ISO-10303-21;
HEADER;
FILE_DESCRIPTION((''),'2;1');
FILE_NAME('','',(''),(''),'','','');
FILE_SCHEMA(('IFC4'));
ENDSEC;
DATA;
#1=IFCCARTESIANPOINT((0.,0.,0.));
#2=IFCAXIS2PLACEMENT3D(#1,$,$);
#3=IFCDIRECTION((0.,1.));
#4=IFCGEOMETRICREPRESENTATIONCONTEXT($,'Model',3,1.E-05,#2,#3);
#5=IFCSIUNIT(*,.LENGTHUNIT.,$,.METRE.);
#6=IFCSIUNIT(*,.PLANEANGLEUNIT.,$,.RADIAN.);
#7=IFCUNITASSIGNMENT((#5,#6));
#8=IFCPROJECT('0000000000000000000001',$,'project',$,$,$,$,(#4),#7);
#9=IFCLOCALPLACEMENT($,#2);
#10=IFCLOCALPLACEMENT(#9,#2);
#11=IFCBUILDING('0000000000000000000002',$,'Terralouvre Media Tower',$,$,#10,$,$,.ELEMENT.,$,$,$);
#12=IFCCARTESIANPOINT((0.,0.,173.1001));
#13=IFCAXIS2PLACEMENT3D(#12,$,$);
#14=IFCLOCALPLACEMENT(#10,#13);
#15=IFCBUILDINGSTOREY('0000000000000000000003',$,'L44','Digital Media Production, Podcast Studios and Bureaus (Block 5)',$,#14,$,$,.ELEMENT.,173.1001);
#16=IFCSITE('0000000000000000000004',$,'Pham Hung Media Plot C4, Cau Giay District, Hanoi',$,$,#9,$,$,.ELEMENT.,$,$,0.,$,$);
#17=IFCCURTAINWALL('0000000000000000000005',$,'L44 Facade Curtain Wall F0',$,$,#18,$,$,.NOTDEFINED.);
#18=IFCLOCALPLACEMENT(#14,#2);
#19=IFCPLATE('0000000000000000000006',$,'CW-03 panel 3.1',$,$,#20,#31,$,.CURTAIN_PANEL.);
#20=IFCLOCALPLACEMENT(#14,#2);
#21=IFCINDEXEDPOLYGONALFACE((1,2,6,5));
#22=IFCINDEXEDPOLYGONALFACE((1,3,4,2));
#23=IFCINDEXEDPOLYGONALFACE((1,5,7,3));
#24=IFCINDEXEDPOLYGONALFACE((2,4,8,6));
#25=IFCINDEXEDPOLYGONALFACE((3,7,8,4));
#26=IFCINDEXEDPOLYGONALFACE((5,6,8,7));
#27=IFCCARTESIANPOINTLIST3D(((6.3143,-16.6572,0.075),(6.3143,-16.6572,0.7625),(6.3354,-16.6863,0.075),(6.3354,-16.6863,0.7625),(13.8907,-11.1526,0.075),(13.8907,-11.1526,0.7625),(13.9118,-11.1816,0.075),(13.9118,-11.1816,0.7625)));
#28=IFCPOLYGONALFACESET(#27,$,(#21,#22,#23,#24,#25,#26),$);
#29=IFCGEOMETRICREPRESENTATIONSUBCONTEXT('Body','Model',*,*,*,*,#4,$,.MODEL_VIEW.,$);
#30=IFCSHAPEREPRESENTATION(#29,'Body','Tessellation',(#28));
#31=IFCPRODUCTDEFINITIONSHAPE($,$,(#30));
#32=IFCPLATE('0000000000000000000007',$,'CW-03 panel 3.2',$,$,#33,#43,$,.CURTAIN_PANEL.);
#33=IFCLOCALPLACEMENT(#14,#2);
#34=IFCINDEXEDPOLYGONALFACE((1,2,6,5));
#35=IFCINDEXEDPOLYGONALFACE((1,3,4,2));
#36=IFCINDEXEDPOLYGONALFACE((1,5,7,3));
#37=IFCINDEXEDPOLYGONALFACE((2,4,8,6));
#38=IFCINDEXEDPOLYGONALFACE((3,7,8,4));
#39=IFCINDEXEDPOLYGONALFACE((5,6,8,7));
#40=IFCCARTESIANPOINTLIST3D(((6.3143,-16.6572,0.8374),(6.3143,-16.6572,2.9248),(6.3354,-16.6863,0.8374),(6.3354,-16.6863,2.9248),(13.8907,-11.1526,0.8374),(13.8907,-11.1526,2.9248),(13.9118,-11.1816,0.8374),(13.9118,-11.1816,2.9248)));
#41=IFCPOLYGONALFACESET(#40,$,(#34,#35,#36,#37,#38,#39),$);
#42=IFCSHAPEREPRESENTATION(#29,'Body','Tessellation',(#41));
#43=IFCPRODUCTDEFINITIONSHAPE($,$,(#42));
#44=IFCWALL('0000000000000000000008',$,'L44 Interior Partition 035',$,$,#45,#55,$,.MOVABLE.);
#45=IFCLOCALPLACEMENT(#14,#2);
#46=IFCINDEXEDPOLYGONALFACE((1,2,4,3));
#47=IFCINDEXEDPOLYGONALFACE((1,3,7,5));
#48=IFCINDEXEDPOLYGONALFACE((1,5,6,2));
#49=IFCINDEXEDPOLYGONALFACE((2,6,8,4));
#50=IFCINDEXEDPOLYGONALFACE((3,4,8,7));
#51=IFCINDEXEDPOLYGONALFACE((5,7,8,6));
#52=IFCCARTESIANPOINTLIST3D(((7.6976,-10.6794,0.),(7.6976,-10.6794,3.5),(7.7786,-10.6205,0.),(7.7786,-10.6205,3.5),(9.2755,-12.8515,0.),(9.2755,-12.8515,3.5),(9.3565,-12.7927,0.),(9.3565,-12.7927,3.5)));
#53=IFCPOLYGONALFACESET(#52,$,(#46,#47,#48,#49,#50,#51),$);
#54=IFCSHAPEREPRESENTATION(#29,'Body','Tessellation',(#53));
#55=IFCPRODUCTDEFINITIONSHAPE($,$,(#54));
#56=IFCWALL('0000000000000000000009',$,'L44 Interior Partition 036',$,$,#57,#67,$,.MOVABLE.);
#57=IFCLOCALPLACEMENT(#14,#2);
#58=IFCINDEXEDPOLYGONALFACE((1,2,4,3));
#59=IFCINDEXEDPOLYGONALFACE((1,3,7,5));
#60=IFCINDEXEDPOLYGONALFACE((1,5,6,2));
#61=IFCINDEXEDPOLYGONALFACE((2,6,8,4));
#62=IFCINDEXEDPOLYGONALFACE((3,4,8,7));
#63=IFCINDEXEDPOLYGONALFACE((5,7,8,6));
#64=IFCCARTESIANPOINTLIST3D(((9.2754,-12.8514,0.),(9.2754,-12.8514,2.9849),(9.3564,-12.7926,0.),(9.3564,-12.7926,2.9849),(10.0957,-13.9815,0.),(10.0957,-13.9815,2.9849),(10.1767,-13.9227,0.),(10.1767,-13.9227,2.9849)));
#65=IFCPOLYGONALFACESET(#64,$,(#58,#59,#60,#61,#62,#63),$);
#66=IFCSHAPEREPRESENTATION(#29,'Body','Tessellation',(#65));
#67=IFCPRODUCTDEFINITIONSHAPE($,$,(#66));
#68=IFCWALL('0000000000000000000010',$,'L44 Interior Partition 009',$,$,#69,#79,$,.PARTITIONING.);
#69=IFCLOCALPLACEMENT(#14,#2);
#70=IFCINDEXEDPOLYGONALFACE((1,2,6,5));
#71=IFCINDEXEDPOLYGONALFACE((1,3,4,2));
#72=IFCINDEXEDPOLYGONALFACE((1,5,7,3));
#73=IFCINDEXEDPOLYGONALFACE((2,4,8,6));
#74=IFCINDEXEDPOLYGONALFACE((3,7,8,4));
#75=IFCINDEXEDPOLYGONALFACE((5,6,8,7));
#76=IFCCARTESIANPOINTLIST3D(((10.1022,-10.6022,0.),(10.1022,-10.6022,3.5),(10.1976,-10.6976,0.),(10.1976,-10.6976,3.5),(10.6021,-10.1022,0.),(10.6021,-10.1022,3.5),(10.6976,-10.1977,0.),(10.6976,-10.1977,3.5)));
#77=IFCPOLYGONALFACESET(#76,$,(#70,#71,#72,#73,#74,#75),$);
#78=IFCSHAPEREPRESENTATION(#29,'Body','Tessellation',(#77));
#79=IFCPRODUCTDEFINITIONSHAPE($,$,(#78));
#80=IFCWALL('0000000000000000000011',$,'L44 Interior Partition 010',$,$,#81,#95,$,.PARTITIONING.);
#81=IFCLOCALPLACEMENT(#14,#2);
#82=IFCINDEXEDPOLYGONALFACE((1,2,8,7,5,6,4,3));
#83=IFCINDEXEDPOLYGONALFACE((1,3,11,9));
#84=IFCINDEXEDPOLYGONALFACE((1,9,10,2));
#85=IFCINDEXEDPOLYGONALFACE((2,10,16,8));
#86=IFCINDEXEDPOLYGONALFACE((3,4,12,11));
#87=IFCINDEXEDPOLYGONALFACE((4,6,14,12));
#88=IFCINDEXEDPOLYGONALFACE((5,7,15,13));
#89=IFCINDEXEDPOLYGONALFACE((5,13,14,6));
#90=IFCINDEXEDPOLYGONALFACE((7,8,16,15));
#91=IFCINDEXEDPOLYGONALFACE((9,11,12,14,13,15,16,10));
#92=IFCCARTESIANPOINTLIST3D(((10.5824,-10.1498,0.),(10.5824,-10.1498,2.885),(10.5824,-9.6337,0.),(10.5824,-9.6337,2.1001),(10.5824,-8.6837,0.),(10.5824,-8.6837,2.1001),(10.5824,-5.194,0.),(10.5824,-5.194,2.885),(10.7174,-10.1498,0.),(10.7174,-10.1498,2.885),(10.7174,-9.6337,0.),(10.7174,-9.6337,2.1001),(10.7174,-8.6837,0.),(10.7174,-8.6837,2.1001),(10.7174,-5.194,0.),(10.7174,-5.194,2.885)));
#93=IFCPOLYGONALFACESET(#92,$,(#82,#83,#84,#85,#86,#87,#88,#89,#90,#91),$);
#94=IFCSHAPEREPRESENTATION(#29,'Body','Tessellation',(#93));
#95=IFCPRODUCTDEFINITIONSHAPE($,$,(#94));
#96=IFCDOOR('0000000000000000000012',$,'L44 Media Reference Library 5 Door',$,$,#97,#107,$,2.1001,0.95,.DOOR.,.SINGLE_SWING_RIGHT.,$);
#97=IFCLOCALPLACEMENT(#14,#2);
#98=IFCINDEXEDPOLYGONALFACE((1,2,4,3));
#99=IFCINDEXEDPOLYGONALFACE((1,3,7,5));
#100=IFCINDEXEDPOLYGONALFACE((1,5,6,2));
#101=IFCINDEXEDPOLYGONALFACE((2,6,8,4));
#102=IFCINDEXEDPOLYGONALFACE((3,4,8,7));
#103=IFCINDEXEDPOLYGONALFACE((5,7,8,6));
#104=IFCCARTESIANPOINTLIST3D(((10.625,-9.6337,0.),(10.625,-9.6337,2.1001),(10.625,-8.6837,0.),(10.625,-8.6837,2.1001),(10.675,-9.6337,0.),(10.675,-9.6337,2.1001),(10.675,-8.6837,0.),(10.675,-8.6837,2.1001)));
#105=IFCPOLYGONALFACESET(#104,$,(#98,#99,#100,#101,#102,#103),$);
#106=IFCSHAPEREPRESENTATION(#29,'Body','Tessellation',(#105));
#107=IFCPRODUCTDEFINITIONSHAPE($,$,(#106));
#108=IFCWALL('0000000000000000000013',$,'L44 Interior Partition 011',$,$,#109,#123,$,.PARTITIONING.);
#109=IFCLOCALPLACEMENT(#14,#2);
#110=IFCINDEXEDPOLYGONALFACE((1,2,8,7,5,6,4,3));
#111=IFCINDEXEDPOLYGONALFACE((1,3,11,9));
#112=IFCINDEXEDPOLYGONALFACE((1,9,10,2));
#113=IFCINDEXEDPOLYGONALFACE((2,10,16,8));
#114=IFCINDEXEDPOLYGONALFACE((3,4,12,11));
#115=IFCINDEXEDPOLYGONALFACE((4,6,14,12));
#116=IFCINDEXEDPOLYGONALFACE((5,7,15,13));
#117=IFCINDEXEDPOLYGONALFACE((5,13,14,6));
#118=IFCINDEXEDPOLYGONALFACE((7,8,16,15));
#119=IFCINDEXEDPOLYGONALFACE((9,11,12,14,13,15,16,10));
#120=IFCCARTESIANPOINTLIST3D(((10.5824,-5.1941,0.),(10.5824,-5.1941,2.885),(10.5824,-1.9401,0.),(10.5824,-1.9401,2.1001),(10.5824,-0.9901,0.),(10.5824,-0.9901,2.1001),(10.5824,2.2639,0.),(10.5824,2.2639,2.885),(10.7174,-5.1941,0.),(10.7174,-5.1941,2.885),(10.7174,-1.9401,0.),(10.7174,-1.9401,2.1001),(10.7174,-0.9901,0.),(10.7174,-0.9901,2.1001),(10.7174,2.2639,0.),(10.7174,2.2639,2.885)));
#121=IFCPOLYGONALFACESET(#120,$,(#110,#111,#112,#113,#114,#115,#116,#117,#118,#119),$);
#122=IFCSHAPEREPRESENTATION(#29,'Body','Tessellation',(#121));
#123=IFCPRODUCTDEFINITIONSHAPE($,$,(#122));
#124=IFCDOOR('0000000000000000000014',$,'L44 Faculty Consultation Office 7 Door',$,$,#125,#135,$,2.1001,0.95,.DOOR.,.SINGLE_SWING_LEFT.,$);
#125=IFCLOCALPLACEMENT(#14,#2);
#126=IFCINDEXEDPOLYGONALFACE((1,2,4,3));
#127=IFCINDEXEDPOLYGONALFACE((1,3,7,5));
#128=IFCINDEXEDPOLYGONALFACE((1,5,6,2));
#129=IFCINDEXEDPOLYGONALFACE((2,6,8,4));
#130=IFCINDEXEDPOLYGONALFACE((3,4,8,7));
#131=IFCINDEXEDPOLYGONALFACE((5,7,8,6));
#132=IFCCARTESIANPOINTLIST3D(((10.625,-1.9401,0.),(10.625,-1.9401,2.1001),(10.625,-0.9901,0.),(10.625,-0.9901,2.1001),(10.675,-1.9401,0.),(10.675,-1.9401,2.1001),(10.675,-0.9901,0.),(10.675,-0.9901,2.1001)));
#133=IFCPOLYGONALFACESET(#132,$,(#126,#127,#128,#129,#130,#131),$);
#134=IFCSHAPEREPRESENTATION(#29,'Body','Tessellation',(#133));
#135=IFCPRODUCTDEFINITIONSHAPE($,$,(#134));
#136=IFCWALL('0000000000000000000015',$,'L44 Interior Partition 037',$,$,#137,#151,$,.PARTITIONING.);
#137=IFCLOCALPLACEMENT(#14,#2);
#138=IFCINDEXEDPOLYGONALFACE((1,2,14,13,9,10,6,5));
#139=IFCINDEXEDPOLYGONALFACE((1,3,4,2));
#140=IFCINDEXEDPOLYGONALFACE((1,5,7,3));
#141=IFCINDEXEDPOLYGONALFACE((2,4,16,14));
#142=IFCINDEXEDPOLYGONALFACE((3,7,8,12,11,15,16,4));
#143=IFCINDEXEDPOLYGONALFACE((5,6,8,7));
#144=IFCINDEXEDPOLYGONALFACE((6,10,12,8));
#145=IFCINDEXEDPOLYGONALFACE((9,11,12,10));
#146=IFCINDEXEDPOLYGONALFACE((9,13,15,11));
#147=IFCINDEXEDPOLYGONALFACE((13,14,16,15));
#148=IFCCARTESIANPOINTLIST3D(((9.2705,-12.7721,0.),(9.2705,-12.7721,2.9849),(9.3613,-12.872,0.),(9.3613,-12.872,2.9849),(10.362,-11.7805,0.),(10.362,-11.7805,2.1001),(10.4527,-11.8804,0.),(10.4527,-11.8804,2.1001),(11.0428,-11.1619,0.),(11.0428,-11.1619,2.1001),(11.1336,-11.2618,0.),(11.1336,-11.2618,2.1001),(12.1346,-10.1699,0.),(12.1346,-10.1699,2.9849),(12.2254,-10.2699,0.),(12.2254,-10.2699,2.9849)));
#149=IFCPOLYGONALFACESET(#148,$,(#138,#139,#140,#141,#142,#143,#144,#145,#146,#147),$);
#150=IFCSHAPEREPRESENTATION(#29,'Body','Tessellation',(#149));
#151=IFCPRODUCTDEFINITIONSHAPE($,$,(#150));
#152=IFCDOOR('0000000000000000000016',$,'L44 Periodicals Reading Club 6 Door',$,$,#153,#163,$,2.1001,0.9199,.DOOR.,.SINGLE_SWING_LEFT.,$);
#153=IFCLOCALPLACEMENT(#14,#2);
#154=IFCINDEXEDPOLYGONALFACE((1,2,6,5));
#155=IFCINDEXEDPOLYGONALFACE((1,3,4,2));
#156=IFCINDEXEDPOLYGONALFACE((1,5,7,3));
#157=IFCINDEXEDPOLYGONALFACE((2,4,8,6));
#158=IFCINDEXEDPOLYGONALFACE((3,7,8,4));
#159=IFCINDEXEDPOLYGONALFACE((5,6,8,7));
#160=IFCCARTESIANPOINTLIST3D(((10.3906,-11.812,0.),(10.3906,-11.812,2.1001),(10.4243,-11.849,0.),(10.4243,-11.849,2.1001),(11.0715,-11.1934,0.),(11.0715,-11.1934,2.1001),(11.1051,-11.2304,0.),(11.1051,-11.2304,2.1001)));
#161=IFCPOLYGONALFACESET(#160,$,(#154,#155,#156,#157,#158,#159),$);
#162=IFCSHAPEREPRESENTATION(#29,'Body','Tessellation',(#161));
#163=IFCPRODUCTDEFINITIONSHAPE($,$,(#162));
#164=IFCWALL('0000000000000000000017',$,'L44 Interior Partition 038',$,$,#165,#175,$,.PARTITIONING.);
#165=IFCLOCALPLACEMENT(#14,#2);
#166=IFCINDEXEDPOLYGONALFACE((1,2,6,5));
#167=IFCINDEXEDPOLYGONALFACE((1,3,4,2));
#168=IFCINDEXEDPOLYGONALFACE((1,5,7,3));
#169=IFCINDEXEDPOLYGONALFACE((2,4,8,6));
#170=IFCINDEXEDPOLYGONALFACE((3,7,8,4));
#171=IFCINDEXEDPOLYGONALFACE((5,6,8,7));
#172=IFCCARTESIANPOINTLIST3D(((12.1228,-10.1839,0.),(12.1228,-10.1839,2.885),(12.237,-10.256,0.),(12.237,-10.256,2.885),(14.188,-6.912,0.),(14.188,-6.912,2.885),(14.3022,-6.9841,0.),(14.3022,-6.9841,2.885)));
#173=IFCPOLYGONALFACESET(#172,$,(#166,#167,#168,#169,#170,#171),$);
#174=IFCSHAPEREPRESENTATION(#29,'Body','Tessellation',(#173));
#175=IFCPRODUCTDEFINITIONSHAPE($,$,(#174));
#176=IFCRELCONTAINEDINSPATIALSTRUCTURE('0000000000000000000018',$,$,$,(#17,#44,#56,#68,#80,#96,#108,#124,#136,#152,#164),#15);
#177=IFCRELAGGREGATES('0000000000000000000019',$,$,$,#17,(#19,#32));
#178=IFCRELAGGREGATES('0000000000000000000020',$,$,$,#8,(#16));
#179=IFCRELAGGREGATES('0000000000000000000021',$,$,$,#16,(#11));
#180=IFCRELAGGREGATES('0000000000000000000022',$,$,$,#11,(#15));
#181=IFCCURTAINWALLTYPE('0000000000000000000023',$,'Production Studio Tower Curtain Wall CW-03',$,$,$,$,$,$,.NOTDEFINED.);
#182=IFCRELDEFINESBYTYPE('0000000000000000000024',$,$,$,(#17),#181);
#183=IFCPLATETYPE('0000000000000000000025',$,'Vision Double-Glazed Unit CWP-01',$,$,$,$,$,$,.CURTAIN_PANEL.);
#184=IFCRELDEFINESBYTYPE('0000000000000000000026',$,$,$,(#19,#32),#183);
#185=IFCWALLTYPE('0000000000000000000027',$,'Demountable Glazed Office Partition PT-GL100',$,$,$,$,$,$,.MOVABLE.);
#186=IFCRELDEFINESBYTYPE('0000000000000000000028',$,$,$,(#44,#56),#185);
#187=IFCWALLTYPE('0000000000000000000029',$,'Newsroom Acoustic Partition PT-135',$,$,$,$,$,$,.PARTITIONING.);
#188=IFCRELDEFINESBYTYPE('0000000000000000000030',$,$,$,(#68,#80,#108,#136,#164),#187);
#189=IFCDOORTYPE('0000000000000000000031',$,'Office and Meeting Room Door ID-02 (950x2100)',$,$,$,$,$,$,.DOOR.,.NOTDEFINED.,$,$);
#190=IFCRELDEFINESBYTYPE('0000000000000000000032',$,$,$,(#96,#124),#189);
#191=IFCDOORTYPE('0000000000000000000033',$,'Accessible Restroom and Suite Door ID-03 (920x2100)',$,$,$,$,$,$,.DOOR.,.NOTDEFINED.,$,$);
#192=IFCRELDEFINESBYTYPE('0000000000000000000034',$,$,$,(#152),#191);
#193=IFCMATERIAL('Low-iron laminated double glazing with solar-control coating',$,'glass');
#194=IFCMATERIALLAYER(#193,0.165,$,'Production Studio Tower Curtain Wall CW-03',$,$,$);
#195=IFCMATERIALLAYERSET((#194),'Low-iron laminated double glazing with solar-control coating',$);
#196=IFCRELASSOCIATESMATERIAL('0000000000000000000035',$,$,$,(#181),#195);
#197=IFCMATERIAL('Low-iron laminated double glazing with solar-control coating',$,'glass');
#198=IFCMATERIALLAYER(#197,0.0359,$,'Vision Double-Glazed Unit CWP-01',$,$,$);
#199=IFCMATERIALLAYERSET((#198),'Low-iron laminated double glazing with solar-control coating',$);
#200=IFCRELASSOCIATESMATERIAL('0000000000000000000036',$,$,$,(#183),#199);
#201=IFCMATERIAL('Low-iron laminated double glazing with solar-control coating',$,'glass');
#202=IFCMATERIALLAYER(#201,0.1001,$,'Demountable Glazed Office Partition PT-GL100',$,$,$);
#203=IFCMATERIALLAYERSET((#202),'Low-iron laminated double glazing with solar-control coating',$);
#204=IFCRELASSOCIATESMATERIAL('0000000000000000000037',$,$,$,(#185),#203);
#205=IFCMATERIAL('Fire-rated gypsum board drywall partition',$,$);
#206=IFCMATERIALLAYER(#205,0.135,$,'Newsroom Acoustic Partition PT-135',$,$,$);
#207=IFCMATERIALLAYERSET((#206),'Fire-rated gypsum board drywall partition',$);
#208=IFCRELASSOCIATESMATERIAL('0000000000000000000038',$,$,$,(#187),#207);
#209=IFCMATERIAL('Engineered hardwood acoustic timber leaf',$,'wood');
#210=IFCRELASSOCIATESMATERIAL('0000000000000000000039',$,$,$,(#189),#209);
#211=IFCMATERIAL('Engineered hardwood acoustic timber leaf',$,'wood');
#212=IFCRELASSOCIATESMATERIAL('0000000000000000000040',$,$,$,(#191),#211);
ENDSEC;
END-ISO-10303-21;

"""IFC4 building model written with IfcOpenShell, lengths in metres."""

from ifc_helpers import new_model, si_unit, direction, frame, frame_2d, origin, origin_2d, place, context, subcontext, project, spatial, rectangle, extrude, material, layer, layer_set, type_object, element, fill, aggregate, save


model = new_model("IFC4")

# Units and contexts
model_context = context("Model", 3, precision=1e-05, world=origin(), true_north=direction((0.0, 1.0)))
body_context = subcontext(model_context, "Body", "Model", "MODEL_VIEW")
ifc_project = project(units=[si_unit("LENGTHUNIT", "METRE"), si_unit("PLANEANGLEUNIT", "RADIAN")], contexts=[model_context])

# Site, building, storey
site_placement = place(None, origin())
site = spatial("IfcSite", under=ifc_project, at=site_placement, Name="Pham Hung Media Plot C4, Cau Giay District, Hanoi", CompositionType="ELEMENT", RefElevation=0.0)
building_placement = place(site_placement, origin())
building = spatial("IfcBuilding", under=site, at=building_placement, Name="Terralouvre Media Tower", CompositionType="ELEMENT")
storey_placement = place(building_placement, frame((0.0, 0.0, 173.1001)))
storey = spatial("IfcBuildingStorey", under=building, at=storey_placement, Name="L44", Description="Digital Media Production, Podcast Studios and Bureaus (Block 5)", CompositionType="ELEMENT", Elevation=173.1001)

# Curtain wall
ifc_material_1 = material(Name="Low-iron laminated double glazing with solar-control coating", Category="glass")
ifc_layer_1 = layer(ifc_material_1, 0.165, Name="Production Studio Tower Curtain Wall CW-03")
ifc_layer_set_1 = layer_set([ifc_layer_1], Name="Low-iron laminated double glazing with solar-control coating")
curtain_wall_type = type_object("IfcCurtainWallType", Name="Production Studio Tower Curtain Wall CW-03", PredefinedType="NOTDEFINED", material=ifc_layer_set_1)
curtain_wall_placement = place(storey_placement, origin())
curtain_wall = element("IfcCurtainWall", 1, at=curtain_wall_placement, inside=storey, type_object=curtain_wall_type, Name="L44 Facade Curtain Wall F0", PredefinedType="NOTDEFINED")

# Plates
ifc_material_2 = material(Name="Low-iron laminated double glazing with solar-control coating", Category="glass")
ifc_layer_2 = layer(ifc_material_2, 0.0359, Name="Vision Double-Glazed Unit CWP-01")
ifc_layer_set_2 = layer_set([ifc_layer_2], Name="Low-iron laminated double glazing with solar-control coating")
plate_type = type_object("IfcPlateType", Name="Vision Double-Glazed Unit CWP-01", PredefinedType="CURTAIN_PANEL", material=ifc_layer_set_2)
plate_1_placement = place(storey_placement, frame((10.113, -13.9194, 0.075), z_axis=(0.0, 0.0, 1.0), x_axis=(0.809017, 0.587785, 0.0)))
plate_1 = element("IfcPlate", 2, at=plate_1_placement, type_object=plate_type, Name="CW-03 panel 3.1", PredefinedType="CURTAIN_PANEL", context=body_context, shape_type="SweptSolid", body=[
    extrude(rectangle(XDim=9.365, YDim=0.0359, at=origin_2d()), origin(), (0.0, 0.0, 1.0), 0.6875),
])
plate_2_placement = place(storey_placement, frame((10.113, -13.9194, 0.8374), z_axis=(0.0, 0.0, 1.0), x_axis=(0.809017, 0.587785, 0.0)))
plate_2 = element("IfcPlate", 3, at=plate_2_placement, type_object=plate_type, Name="CW-03 panel 3.2", PredefinedType="CURTAIN_PANEL", context=body_context, shape_type="SweptSolid", body=[
    extrude(rectangle(XDim=9.365, YDim=0.0359, at=origin_2d()), origin(), (0.0, 0.0, 1.0), 2.0874),
])
aggregate(curtain_wall, [plate_1, plate_2])

# Walls
ifc_material_3 = material(Name="Low-iron laminated double glazing with solar-control coating", Category="glass")
ifc_layer_3 = layer(ifc_material_3, 0.1001, Name="Demountable Glazed Office Partition PT-GL100")
ifc_layer_set_3 = layer_set([ifc_layer_3], Name="Low-iron laminated double glazing with solar-control coating")
wall_type_1 = type_object("IfcWallType", Name="Demountable Glazed Office Partition PT-GL100", PredefinedType="MOVABLE", material=ifc_layer_set_3)
wall_1_placement = place(storey_placement, frame((9.3159, -12.822, 0.0), z_axis=(0.0, 0.0, 1.0), x_axis=(-0.587723, 0.809062, 0.0)))
element("IfcWall", 4, at=wall_1_placement, inside=storey, type_object=wall_type_1, Name="L44 Interior Partition 035", PredefinedType="MOVABLE", context=body_context, shape_type="SweptSolid", body=[
    extrude(rectangle(XDim=2.6848, YDim=0.1001, at=frame_2d((1.3423, 0.0))), origin(), (0.0, 0.0, 1.0), 3.5),
])
wall_2_placement = place(storey_placement, frame((10.1362, -13.9521, 0.0), z_axis=(0.0, 0.0, 1.0), x_axis=(-0.587423, 0.80928, 0.0)))
element("IfcWall", 5, at=wall_2_placement, inside=storey, type_object=wall_type_1, Name="L44 Interior Partition 036", PredefinedType="MOVABLE", context=body_context, shape_type="SweptSolid", body=[
    extrude(rectangle(XDim=1.3965, YDim=0.1001, at=frame_2d((0.6982, 0.0))), origin(), (0.0, 0.0, 1.0), 2.9849),
])
ifc_material_4 = material(Name="Fire-rated gypsum board drywall partition")
ifc_layer_4 = layer(ifc_material_4, 0.135, Name="Newsroom Acoustic Partition PT-135")
ifc_layer_set_4 = layer_set([ifc_layer_4], Name="Fire-rated gypsum board drywall partition")
wall_type_2 = type_object("IfcWallType", Name="Newsroom Acoustic Partition PT-135", PredefinedType="PARTITIONING", material=ifc_layer_set_4)
wall_3_placement = place(storey_placement, frame((10.1499, -10.6499, 0.0), z_axis=(0.0, 0.0, 1.0), x_axis=(0.707107, 0.707107, 0.0)))
element("IfcWall", 6, at=wall_3_placement, inside=storey, type_object=wall_type_2, Name="L44 Interior Partition 009", PredefinedType="PARTITIONING", context=body_context, shape_type="SweptSolid", body=[
    extrude(rectangle(XDim=0.707, YDim=0.135, at=frame_2d((0.3535, 0.0))), origin(), (0.0, 0.0, 1.0), 3.5),
])

# Walls, openings, doors
wall_4_placement = place(storey_placement, frame((10.6499, -10.1499, 0.0), z_axis=(0.0, 0.0, 1.0), x_axis=(0.0, 1.0, 0.0)))
wall_4 = element("IfcWall", 7, at=wall_4_placement, inside=storey, type_object=wall_type_2, Name="L44 Interior Partition 010", PredefinedType="PARTITIONING", context=body_context, shape_type="SweptSolid", body=[
    extrude(rectangle(XDim=4.9558, YDim=0.135, at=frame_2d((2.478, 0.0))), origin(), (0.0, 0.0, 1.0), 2.885),
])
opening_1_placement = place(wall_4_placement, frame((0.5161, 0.0, 0.0)))
opening_1 = element("IfcOpeningElement", 8, at=opening_1_placement, cuts=wall_4, PredefinedType="OPENING", context=body_context, shape_type="SweptSolid", body=[
    extrude(rectangle(XDim=0.95, YDim=2.1001, at=frame_2d((0.4751, 1.05))), frame((0.0, 0.0774, 0.0), z_axis=(0.0, -1.0, 0.0), x_axis=(1.0, 0.0, 0.0)), (0.0, 0.0, 1.0), 0.155),
])
ifc_material_5 = material(Name="Engineered hardwood acoustic timber leaf", Category="wood")
door_type_1 = type_object("IfcDoorType", Name="Office and Meeting Room Door ID-02 (950x2100)", OperationType="NOTDEFINED", PredefinedType="DOOR", material=ifc_material_5)
door_1_placement = place(opening_1_placement, origin())
door_1 = element("IfcDoor", 9, at=door_1_placement, inside=storey, type_object=door_type_1, Name="L44 Media Reference Library 5 Door", OperationType="SINGLE_SWING_RIGHT", OverallHeight=2.1001, OverallWidth=0.95, PredefinedType="DOOR", context=body_context, shape_type="SweptSolid", body=[
    extrude(rectangle(XDim=0.95, YDim=2.1001, at=frame_2d((0.4751, 1.05))), frame((0.0, 0.0249, 0.0), z_axis=(0.0, -1.0, 0.0), x_axis=(1.0, 0.0, 0.0)), (0.0, 0.0, 1.0), 0.05),
])
fill(opening_1, door_1)
wall_5_placement = place(storey_placement, frame((10.6499, -5.1941, 0.0), z_axis=(0.0, 0.0, 1.0), x_axis=(0.0, 1.0, 0.0)))
wall_5 = element("IfcWall", 10, at=wall_5_placement, inside=storey, type_object=wall_type_2, Name="L44 Interior Partition 011", PredefinedType="PARTITIONING", context=body_context, shape_type="SweptSolid", body=[
    extrude(rectangle(XDim=7.458, YDim=0.135, at=frame_2d((3.729, 0.0))), origin(), (0.0, 0.0, 1.0), 2.885),
])
opening_2_placement = place(wall_5_placement, frame((3.2539, 0.0, 0.0)))
opening_2 = element("IfcOpeningElement", 11, at=opening_2_placement, cuts=wall_5, PredefinedType="OPENING", context=body_context, shape_type="SweptSolid", body=[
    extrude(rectangle(XDim=0.95, YDim=2.1001, at=frame_2d((0.4751, 1.05))), frame((0.0, 0.0774, 0.0), z_axis=(0.0, -1.0, 0.0), x_axis=(1.0, 0.0, 0.0)), (0.0, 0.0, 1.0), 0.155),
])
door_2_placement = place(opening_2_placement, origin())
door_2 = element("IfcDoor", 12, at=door_2_placement, inside=storey, type_object=door_type_1, Name="L44 Faculty Consultation Office 7 Door", OperationType="SINGLE_SWING_LEFT", OverallHeight=2.1001, OverallWidth=0.95, PredefinedType="DOOR", context=body_context, shape_type="SweptSolid", body=[
    extrude(rectangle(XDim=0.95, YDim=2.1001, at=frame_2d((0.4751, 1.05))), frame((0.0, 0.0249, 0.0), z_axis=(0.0, -1.0, 0.0), x_axis=(1.0, 0.0, 0.0)), (0.0, 0.0, 1.0), 0.05),
])
fill(opening_2, door_2)
wall_6_placement = place(storey_placement, frame((9.3159, -12.822, 0.0), z_axis=(0.0, 0.0, 1.0), x_axis=(0.740146, 0.672447, 0.0)))
wall_6 = element("IfcWall", 13, at=wall_6_placement, inside=storey, type_object=wall_type_2, Name="L44 Interior Partition 037", PredefinedType="PARTITIONING", context=body_context, shape_type="SweptSolid", body=[
    extrude(rectangle(XDim=3.8696, YDim=0.135, at=frame_2d((1.9348, 0.0))), origin(), (0.0, 0.0, 1.0), 2.9849),
])
opening_3_placement = place(wall_6_placement, frame((1.4746, 0.0, 0.0)))
opening_3 = element("IfcOpeningElement", 14, at=opening_3_placement, cuts=wall_6, PredefinedType="OPENING", context=body_context, shape_type="SweptSolid", body=[
    extrude(rectangle(XDim=0.9199, YDim=2.1001, at=frame_2d((0.46, 1.05))), frame((0.0, 0.0774, 0.0), z_axis=(0.0, -1.0, 0.0), x_axis=(1.0, 0.0, 0.0)), (0.0, 0.0, 1.0), 0.155),
])
ifc_material_6 = material(Name="Engineered hardwood acoustic timber leaf", Category="wood")
door_type_2 = type_object("IfcDoorType", Name="Accessible Restroom and Suite Door ID-03 (920x2100)", OperationType="NOTDEFINED", PredefinedType="DOOR", material=ifc_material_6)
door_3_placement = place(opening_3_placement, origin())
door_3 = element("IfcDoor", 15, at=door_3_placement, inside=storey, type_object=door_type_2, Name="L44 Periodicals Reading Club 6 Door", OperationType="SINGLE_SWING_LEFT", OverallHeight=2.1001, OverallWidth=0.9199, PredefinedType="DOOR", context=body_context, shape_type="SweptSolid", body=[
    extrude(rectangle(XDim=0.9199, YDim=2.1001, at=frame_2d((0.46, 1.05))), frame((0.0, 0.0249, 0.0), z_axis=(0.0, -1.0, 0.0), x_axis=(1.0, 0.0, 0.0)), (0.0, 0.0, 1.0), 0.05),
])
fill(opening_3, door_3)

# Wall
wall_7_placement = place(storey_placement, frame((12.1799, -10.22, 0.0), z_axis=(0.0, 0.0, 1.0), x_axis=(0.533748, 0.845643, 0.0)))
element("IfcWall", 16, at=wall_7_placement, inside=storey, type_object=wall_type_2, Name="L44 Interior Partition 038", PredefinedType="PARTITIONING", context=body_context, shape_type="SweptSolid", body=[
    extrude(rectangle(XDim=3.8691, YDim=0.135, at=frame_2d((1.9346, 0.0))), origin(), (0.0, 0.0, 1.0), 2.885),
])

save(model, "model.ifc")
